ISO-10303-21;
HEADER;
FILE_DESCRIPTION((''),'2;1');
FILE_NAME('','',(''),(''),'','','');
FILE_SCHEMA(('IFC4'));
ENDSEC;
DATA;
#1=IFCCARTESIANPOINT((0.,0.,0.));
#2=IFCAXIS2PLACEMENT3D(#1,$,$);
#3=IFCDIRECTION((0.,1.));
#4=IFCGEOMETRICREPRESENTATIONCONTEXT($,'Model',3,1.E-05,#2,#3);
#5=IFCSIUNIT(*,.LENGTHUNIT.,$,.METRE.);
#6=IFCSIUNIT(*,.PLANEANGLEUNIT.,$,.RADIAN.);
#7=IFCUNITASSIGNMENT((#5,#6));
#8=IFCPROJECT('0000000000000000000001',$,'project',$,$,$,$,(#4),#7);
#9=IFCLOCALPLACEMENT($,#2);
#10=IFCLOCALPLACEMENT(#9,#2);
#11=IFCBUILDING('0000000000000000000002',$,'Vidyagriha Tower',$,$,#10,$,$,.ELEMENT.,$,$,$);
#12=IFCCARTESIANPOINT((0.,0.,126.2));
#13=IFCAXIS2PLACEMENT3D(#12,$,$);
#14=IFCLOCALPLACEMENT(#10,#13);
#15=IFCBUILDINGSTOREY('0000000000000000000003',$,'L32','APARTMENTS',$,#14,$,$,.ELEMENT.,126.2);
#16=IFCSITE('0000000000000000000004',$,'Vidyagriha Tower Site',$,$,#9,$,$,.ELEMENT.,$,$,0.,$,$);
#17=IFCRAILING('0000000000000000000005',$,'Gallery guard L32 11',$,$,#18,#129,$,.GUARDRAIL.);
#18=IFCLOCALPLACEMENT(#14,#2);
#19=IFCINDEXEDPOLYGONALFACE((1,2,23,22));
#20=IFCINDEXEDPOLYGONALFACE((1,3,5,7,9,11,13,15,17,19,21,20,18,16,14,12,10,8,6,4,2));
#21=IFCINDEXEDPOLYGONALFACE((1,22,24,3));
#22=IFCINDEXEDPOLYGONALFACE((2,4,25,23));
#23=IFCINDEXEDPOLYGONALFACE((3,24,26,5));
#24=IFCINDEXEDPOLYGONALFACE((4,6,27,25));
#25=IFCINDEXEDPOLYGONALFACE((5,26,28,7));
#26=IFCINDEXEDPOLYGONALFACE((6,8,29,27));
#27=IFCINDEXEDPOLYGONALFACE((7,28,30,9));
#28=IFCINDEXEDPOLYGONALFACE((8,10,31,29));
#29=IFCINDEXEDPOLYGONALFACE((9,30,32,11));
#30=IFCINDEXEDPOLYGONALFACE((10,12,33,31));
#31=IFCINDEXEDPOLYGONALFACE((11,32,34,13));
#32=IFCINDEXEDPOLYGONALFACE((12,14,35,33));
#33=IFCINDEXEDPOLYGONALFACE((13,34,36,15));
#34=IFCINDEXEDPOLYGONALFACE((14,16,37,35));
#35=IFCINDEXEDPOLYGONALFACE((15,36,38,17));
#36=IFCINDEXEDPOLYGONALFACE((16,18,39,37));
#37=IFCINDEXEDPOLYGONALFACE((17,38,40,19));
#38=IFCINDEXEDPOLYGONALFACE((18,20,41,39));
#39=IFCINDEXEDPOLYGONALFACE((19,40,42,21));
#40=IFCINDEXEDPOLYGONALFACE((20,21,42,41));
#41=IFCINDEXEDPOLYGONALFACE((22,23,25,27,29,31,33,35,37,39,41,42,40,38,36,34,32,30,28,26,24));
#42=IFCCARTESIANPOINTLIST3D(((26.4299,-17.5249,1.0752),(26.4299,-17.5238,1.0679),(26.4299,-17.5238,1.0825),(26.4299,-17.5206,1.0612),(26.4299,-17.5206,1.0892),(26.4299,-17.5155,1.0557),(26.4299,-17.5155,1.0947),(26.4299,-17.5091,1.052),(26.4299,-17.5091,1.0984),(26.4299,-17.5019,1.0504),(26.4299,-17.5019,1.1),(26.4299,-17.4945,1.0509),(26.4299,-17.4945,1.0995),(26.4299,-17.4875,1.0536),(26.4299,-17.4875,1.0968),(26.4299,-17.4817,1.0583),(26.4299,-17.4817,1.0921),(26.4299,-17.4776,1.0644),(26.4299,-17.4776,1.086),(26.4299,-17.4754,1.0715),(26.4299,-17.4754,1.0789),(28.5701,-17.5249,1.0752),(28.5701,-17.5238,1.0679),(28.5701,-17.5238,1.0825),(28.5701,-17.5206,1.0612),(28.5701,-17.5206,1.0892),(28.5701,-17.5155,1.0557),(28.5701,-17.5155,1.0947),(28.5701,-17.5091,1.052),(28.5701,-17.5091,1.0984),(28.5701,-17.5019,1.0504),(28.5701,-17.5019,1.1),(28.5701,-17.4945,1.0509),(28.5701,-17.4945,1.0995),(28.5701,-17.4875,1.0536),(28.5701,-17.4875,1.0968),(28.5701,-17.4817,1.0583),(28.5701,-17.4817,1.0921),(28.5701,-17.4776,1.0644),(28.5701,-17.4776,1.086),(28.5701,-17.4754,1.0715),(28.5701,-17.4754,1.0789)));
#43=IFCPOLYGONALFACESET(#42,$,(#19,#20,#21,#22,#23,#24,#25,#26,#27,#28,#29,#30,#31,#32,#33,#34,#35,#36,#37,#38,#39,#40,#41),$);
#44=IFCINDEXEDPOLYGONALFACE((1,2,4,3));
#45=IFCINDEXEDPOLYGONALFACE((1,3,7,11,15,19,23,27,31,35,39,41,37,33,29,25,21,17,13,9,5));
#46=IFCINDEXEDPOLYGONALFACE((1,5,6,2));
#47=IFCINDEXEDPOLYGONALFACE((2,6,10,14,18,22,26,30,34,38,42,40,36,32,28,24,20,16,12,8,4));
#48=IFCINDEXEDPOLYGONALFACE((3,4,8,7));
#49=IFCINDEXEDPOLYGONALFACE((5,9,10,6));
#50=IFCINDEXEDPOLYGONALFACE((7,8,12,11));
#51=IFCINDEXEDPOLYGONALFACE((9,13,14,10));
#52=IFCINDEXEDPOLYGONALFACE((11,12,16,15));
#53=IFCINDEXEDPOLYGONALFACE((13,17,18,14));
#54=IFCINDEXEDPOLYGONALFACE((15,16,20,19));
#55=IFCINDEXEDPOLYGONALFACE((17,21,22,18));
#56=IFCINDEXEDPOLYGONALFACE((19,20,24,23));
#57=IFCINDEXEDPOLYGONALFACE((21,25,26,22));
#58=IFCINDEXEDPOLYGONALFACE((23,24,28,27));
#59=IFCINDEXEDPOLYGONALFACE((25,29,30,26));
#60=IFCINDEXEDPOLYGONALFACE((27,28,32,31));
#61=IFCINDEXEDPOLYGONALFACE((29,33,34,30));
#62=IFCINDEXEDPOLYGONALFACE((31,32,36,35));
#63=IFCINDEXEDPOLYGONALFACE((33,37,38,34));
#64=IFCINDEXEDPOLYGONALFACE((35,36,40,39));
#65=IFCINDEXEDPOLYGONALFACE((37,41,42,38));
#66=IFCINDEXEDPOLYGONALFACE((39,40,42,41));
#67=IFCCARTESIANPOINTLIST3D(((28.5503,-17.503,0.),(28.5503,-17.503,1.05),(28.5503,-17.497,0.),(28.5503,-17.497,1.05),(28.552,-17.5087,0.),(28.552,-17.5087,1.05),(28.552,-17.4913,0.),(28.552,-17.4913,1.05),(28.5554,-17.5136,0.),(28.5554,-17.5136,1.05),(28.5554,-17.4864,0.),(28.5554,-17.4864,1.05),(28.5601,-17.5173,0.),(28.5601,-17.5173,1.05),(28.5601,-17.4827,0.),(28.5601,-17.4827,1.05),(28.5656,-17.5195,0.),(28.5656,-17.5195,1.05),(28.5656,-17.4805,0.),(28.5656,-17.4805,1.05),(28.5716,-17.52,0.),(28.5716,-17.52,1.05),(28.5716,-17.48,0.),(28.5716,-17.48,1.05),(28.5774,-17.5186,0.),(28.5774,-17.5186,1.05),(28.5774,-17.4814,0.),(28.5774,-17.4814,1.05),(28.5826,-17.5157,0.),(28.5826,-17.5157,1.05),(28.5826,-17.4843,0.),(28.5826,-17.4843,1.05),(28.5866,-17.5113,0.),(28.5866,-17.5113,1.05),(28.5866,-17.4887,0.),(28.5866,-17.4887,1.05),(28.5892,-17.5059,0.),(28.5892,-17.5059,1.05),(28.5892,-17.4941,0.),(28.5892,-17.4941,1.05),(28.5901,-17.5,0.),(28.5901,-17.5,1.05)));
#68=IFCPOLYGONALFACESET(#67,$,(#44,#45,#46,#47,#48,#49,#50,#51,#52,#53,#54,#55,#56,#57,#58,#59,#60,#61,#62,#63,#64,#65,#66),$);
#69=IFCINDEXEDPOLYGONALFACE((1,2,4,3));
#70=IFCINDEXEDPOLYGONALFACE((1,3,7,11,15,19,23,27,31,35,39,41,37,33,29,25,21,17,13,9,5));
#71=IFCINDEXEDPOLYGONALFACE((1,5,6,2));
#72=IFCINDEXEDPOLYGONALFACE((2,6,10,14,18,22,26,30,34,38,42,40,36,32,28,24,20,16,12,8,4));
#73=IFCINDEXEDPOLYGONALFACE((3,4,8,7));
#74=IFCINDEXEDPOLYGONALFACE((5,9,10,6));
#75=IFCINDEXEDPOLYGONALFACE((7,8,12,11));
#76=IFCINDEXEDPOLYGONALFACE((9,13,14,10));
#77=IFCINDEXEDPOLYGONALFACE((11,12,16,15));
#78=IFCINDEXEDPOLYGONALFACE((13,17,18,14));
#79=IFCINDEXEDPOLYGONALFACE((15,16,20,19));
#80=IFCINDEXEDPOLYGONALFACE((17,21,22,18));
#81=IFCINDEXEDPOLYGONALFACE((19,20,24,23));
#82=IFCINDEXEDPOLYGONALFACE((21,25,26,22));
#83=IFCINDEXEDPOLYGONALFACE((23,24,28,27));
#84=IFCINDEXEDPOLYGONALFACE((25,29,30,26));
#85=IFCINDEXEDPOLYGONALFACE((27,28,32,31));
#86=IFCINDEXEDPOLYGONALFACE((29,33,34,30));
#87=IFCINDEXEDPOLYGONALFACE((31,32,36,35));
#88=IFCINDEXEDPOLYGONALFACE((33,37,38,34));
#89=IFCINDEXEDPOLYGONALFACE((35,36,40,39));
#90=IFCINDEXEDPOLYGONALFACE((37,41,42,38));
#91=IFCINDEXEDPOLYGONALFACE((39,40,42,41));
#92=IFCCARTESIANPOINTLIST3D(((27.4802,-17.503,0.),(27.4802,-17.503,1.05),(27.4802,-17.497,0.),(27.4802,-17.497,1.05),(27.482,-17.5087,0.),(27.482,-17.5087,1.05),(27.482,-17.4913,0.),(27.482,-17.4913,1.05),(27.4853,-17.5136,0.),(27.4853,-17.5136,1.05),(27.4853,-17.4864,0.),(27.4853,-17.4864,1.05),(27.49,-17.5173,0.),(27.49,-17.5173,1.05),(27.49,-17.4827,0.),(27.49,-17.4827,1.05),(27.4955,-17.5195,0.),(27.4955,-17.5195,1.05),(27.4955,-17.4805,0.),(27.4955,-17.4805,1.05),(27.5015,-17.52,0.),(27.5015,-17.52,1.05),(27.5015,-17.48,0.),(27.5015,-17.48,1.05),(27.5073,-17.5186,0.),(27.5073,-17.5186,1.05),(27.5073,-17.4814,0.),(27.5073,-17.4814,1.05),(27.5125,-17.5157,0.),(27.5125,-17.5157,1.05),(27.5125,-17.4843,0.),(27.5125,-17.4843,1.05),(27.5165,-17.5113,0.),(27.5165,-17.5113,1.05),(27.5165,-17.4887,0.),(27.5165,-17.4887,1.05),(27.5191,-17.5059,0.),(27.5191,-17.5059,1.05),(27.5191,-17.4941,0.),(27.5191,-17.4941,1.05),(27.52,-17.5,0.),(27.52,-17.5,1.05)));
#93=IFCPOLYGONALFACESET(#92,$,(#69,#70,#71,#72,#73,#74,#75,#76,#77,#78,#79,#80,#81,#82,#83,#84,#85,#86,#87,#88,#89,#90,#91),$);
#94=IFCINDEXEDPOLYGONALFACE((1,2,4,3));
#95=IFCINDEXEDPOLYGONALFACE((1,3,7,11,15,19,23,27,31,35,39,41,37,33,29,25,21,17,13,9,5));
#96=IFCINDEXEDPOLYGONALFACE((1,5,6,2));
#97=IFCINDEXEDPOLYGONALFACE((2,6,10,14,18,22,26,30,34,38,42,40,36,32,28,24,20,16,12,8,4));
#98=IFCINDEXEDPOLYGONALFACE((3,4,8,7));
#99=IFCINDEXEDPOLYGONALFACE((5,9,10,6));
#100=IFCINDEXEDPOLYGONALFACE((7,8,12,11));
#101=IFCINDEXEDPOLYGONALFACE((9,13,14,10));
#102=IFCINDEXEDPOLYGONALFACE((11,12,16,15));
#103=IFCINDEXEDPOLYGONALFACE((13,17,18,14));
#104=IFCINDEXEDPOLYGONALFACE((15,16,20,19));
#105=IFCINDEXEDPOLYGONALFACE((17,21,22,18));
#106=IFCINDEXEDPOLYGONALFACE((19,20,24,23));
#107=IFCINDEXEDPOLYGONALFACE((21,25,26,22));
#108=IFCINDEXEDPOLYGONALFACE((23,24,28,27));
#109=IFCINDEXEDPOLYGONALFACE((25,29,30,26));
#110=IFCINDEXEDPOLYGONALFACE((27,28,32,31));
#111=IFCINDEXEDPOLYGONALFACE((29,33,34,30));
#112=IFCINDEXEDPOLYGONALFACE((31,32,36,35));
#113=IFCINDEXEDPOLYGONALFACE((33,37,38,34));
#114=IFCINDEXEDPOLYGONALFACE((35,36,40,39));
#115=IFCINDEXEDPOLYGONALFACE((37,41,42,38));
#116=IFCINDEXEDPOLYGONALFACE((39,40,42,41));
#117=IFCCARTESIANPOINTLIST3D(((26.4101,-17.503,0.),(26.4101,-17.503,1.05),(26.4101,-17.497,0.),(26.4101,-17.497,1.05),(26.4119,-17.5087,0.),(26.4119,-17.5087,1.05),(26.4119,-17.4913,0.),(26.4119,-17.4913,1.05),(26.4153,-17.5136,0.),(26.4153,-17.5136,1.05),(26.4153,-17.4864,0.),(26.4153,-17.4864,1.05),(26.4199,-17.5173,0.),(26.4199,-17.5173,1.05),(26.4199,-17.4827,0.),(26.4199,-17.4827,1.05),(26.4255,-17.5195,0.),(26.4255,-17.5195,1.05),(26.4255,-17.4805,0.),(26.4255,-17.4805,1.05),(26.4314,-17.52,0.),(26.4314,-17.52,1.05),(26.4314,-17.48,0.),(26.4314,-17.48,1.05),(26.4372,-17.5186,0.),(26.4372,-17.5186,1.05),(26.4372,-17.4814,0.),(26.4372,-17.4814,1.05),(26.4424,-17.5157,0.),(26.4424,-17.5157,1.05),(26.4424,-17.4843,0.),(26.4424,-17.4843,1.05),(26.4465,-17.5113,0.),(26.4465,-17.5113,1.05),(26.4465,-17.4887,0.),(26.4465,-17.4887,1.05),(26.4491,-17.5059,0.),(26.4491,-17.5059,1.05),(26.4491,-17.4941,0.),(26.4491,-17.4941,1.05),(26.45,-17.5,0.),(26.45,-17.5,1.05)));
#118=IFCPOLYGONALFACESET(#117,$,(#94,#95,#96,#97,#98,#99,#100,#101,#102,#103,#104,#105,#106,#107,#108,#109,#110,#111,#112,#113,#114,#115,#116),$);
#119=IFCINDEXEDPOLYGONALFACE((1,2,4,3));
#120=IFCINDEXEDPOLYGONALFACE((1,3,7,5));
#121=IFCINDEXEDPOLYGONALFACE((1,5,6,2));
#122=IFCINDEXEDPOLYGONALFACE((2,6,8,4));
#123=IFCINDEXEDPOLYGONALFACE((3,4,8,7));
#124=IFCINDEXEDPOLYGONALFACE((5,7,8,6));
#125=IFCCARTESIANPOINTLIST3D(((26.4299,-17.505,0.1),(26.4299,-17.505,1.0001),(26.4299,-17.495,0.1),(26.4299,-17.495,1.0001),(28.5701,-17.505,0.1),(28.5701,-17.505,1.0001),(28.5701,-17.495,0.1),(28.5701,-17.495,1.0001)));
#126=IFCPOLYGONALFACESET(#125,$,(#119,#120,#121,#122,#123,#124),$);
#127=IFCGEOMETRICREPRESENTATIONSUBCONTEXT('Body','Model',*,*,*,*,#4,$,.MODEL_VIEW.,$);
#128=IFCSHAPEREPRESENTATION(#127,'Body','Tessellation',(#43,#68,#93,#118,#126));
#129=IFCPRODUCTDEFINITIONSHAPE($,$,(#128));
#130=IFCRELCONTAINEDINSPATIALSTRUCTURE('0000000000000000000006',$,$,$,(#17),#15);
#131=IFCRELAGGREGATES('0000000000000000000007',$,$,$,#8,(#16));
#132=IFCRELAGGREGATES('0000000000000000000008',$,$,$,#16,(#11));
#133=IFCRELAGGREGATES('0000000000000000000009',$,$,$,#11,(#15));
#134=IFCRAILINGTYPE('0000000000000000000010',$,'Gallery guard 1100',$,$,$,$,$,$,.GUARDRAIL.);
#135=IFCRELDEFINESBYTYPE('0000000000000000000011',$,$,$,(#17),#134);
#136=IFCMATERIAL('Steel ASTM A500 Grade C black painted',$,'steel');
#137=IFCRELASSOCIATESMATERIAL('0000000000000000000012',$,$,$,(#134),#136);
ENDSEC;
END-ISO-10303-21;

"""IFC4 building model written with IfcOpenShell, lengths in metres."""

from ifc_helpers import new_model, si_unit, direction, frame, origin, origin_2d, place, context, subcontext, project, spatial, rectangle, circle, extrude, material, type_object, element, save


model = new_model("IFC4")

# Units and contexts
model_context = context("Model", 3, precision=1e-05, world=origin(), true_north=direction((0.0, 1.0)))
body_context = subcontext(model_context, "Body", "Model", "MODEL_VIEW")
ifc_project = project(units=[si_unit("LENGTHUNIT", "METRE"), si_unit("PLANEANGLEUNIT", "RADIAN")], contexts=[model_context])

# Site, building, storey
site_placement = place(None, origin())
site = spatial("IfcSite", under=ifc_project, at=site_placement, Name="Vidyagriha Tower Site", CompositionType="ELEMENT", RefElevation=0.0)
building_placement = place(site_placement, origin())
building = spatial("IfcBuilding", under=site, at=building_placement, Name="Vidyagriha Tower", CompositionType="ELEMENT")
storey_placement = place(building_placement, frame((0.0, 0.0, 126.2)))
storey = spatial("IfcBuildingStorey", under=building, at=storey_placement, Name="L32", Description="APARTMENTS", CompositionType="ELEMENT", Elevation=126.2)

# Railing
ifc_material_1 = material(Name="Steel ASTM A500 Grade C black painted", Category="steel")
railing_type_1 = type_object("IfcRailingType", Name="Gallery guard 1100", PredefinedType="GUARDRAIL", material=ifc_material_1)
railing_1_placement = place(storey_placement, frame((28.5701, -17.5, 0.0)))
element("IfcRailing", 1, at=railing_1_placement, inside=storey, type_object=railing_type_1, Name="Gallery guard L32 11", PredefinedType="GUARDRAIL", context=body_context, shape_type="SweptSolid", body=[
    extrude(circle(Radius=0.0249, at=origin_2d()), frame((0.0, 0.0, 1.0752), z_axis=(-1.0, 0.0, 0.0), x_axis=(0.0, -1.0, 0.0)), (0.0, 0.0, 1.0), 2.1401),
    extrude(circle(Radius=0.02, at=origin_2d()), origin(), (0.0, 0.0, 1.0), 1.05),
    extrude(circle(Radius=0.02, at=origin_2d()), frame((-1.0701, 0.0, 0.0)), (0.0, 0.0, 1.0), 1.05),
    extrude(circle(Radius=0.02, at=origin_2d()), frame((-2.1401, 0.0, 0.0)), (0.0, 0.0, 1.0), 1.05),
    extrude(rectangle(XDim=0.01, YDim=0.9001, at=origin_2d()), frame((0.0, 0.0, 0.55), z_axis=(-1.0, 0.0, 0.0), x_axis=(0.0, -1.0, 0.0)), (0.0, 0.0, 1.0), 2.1401),
])

save(model, "model.ifc")
